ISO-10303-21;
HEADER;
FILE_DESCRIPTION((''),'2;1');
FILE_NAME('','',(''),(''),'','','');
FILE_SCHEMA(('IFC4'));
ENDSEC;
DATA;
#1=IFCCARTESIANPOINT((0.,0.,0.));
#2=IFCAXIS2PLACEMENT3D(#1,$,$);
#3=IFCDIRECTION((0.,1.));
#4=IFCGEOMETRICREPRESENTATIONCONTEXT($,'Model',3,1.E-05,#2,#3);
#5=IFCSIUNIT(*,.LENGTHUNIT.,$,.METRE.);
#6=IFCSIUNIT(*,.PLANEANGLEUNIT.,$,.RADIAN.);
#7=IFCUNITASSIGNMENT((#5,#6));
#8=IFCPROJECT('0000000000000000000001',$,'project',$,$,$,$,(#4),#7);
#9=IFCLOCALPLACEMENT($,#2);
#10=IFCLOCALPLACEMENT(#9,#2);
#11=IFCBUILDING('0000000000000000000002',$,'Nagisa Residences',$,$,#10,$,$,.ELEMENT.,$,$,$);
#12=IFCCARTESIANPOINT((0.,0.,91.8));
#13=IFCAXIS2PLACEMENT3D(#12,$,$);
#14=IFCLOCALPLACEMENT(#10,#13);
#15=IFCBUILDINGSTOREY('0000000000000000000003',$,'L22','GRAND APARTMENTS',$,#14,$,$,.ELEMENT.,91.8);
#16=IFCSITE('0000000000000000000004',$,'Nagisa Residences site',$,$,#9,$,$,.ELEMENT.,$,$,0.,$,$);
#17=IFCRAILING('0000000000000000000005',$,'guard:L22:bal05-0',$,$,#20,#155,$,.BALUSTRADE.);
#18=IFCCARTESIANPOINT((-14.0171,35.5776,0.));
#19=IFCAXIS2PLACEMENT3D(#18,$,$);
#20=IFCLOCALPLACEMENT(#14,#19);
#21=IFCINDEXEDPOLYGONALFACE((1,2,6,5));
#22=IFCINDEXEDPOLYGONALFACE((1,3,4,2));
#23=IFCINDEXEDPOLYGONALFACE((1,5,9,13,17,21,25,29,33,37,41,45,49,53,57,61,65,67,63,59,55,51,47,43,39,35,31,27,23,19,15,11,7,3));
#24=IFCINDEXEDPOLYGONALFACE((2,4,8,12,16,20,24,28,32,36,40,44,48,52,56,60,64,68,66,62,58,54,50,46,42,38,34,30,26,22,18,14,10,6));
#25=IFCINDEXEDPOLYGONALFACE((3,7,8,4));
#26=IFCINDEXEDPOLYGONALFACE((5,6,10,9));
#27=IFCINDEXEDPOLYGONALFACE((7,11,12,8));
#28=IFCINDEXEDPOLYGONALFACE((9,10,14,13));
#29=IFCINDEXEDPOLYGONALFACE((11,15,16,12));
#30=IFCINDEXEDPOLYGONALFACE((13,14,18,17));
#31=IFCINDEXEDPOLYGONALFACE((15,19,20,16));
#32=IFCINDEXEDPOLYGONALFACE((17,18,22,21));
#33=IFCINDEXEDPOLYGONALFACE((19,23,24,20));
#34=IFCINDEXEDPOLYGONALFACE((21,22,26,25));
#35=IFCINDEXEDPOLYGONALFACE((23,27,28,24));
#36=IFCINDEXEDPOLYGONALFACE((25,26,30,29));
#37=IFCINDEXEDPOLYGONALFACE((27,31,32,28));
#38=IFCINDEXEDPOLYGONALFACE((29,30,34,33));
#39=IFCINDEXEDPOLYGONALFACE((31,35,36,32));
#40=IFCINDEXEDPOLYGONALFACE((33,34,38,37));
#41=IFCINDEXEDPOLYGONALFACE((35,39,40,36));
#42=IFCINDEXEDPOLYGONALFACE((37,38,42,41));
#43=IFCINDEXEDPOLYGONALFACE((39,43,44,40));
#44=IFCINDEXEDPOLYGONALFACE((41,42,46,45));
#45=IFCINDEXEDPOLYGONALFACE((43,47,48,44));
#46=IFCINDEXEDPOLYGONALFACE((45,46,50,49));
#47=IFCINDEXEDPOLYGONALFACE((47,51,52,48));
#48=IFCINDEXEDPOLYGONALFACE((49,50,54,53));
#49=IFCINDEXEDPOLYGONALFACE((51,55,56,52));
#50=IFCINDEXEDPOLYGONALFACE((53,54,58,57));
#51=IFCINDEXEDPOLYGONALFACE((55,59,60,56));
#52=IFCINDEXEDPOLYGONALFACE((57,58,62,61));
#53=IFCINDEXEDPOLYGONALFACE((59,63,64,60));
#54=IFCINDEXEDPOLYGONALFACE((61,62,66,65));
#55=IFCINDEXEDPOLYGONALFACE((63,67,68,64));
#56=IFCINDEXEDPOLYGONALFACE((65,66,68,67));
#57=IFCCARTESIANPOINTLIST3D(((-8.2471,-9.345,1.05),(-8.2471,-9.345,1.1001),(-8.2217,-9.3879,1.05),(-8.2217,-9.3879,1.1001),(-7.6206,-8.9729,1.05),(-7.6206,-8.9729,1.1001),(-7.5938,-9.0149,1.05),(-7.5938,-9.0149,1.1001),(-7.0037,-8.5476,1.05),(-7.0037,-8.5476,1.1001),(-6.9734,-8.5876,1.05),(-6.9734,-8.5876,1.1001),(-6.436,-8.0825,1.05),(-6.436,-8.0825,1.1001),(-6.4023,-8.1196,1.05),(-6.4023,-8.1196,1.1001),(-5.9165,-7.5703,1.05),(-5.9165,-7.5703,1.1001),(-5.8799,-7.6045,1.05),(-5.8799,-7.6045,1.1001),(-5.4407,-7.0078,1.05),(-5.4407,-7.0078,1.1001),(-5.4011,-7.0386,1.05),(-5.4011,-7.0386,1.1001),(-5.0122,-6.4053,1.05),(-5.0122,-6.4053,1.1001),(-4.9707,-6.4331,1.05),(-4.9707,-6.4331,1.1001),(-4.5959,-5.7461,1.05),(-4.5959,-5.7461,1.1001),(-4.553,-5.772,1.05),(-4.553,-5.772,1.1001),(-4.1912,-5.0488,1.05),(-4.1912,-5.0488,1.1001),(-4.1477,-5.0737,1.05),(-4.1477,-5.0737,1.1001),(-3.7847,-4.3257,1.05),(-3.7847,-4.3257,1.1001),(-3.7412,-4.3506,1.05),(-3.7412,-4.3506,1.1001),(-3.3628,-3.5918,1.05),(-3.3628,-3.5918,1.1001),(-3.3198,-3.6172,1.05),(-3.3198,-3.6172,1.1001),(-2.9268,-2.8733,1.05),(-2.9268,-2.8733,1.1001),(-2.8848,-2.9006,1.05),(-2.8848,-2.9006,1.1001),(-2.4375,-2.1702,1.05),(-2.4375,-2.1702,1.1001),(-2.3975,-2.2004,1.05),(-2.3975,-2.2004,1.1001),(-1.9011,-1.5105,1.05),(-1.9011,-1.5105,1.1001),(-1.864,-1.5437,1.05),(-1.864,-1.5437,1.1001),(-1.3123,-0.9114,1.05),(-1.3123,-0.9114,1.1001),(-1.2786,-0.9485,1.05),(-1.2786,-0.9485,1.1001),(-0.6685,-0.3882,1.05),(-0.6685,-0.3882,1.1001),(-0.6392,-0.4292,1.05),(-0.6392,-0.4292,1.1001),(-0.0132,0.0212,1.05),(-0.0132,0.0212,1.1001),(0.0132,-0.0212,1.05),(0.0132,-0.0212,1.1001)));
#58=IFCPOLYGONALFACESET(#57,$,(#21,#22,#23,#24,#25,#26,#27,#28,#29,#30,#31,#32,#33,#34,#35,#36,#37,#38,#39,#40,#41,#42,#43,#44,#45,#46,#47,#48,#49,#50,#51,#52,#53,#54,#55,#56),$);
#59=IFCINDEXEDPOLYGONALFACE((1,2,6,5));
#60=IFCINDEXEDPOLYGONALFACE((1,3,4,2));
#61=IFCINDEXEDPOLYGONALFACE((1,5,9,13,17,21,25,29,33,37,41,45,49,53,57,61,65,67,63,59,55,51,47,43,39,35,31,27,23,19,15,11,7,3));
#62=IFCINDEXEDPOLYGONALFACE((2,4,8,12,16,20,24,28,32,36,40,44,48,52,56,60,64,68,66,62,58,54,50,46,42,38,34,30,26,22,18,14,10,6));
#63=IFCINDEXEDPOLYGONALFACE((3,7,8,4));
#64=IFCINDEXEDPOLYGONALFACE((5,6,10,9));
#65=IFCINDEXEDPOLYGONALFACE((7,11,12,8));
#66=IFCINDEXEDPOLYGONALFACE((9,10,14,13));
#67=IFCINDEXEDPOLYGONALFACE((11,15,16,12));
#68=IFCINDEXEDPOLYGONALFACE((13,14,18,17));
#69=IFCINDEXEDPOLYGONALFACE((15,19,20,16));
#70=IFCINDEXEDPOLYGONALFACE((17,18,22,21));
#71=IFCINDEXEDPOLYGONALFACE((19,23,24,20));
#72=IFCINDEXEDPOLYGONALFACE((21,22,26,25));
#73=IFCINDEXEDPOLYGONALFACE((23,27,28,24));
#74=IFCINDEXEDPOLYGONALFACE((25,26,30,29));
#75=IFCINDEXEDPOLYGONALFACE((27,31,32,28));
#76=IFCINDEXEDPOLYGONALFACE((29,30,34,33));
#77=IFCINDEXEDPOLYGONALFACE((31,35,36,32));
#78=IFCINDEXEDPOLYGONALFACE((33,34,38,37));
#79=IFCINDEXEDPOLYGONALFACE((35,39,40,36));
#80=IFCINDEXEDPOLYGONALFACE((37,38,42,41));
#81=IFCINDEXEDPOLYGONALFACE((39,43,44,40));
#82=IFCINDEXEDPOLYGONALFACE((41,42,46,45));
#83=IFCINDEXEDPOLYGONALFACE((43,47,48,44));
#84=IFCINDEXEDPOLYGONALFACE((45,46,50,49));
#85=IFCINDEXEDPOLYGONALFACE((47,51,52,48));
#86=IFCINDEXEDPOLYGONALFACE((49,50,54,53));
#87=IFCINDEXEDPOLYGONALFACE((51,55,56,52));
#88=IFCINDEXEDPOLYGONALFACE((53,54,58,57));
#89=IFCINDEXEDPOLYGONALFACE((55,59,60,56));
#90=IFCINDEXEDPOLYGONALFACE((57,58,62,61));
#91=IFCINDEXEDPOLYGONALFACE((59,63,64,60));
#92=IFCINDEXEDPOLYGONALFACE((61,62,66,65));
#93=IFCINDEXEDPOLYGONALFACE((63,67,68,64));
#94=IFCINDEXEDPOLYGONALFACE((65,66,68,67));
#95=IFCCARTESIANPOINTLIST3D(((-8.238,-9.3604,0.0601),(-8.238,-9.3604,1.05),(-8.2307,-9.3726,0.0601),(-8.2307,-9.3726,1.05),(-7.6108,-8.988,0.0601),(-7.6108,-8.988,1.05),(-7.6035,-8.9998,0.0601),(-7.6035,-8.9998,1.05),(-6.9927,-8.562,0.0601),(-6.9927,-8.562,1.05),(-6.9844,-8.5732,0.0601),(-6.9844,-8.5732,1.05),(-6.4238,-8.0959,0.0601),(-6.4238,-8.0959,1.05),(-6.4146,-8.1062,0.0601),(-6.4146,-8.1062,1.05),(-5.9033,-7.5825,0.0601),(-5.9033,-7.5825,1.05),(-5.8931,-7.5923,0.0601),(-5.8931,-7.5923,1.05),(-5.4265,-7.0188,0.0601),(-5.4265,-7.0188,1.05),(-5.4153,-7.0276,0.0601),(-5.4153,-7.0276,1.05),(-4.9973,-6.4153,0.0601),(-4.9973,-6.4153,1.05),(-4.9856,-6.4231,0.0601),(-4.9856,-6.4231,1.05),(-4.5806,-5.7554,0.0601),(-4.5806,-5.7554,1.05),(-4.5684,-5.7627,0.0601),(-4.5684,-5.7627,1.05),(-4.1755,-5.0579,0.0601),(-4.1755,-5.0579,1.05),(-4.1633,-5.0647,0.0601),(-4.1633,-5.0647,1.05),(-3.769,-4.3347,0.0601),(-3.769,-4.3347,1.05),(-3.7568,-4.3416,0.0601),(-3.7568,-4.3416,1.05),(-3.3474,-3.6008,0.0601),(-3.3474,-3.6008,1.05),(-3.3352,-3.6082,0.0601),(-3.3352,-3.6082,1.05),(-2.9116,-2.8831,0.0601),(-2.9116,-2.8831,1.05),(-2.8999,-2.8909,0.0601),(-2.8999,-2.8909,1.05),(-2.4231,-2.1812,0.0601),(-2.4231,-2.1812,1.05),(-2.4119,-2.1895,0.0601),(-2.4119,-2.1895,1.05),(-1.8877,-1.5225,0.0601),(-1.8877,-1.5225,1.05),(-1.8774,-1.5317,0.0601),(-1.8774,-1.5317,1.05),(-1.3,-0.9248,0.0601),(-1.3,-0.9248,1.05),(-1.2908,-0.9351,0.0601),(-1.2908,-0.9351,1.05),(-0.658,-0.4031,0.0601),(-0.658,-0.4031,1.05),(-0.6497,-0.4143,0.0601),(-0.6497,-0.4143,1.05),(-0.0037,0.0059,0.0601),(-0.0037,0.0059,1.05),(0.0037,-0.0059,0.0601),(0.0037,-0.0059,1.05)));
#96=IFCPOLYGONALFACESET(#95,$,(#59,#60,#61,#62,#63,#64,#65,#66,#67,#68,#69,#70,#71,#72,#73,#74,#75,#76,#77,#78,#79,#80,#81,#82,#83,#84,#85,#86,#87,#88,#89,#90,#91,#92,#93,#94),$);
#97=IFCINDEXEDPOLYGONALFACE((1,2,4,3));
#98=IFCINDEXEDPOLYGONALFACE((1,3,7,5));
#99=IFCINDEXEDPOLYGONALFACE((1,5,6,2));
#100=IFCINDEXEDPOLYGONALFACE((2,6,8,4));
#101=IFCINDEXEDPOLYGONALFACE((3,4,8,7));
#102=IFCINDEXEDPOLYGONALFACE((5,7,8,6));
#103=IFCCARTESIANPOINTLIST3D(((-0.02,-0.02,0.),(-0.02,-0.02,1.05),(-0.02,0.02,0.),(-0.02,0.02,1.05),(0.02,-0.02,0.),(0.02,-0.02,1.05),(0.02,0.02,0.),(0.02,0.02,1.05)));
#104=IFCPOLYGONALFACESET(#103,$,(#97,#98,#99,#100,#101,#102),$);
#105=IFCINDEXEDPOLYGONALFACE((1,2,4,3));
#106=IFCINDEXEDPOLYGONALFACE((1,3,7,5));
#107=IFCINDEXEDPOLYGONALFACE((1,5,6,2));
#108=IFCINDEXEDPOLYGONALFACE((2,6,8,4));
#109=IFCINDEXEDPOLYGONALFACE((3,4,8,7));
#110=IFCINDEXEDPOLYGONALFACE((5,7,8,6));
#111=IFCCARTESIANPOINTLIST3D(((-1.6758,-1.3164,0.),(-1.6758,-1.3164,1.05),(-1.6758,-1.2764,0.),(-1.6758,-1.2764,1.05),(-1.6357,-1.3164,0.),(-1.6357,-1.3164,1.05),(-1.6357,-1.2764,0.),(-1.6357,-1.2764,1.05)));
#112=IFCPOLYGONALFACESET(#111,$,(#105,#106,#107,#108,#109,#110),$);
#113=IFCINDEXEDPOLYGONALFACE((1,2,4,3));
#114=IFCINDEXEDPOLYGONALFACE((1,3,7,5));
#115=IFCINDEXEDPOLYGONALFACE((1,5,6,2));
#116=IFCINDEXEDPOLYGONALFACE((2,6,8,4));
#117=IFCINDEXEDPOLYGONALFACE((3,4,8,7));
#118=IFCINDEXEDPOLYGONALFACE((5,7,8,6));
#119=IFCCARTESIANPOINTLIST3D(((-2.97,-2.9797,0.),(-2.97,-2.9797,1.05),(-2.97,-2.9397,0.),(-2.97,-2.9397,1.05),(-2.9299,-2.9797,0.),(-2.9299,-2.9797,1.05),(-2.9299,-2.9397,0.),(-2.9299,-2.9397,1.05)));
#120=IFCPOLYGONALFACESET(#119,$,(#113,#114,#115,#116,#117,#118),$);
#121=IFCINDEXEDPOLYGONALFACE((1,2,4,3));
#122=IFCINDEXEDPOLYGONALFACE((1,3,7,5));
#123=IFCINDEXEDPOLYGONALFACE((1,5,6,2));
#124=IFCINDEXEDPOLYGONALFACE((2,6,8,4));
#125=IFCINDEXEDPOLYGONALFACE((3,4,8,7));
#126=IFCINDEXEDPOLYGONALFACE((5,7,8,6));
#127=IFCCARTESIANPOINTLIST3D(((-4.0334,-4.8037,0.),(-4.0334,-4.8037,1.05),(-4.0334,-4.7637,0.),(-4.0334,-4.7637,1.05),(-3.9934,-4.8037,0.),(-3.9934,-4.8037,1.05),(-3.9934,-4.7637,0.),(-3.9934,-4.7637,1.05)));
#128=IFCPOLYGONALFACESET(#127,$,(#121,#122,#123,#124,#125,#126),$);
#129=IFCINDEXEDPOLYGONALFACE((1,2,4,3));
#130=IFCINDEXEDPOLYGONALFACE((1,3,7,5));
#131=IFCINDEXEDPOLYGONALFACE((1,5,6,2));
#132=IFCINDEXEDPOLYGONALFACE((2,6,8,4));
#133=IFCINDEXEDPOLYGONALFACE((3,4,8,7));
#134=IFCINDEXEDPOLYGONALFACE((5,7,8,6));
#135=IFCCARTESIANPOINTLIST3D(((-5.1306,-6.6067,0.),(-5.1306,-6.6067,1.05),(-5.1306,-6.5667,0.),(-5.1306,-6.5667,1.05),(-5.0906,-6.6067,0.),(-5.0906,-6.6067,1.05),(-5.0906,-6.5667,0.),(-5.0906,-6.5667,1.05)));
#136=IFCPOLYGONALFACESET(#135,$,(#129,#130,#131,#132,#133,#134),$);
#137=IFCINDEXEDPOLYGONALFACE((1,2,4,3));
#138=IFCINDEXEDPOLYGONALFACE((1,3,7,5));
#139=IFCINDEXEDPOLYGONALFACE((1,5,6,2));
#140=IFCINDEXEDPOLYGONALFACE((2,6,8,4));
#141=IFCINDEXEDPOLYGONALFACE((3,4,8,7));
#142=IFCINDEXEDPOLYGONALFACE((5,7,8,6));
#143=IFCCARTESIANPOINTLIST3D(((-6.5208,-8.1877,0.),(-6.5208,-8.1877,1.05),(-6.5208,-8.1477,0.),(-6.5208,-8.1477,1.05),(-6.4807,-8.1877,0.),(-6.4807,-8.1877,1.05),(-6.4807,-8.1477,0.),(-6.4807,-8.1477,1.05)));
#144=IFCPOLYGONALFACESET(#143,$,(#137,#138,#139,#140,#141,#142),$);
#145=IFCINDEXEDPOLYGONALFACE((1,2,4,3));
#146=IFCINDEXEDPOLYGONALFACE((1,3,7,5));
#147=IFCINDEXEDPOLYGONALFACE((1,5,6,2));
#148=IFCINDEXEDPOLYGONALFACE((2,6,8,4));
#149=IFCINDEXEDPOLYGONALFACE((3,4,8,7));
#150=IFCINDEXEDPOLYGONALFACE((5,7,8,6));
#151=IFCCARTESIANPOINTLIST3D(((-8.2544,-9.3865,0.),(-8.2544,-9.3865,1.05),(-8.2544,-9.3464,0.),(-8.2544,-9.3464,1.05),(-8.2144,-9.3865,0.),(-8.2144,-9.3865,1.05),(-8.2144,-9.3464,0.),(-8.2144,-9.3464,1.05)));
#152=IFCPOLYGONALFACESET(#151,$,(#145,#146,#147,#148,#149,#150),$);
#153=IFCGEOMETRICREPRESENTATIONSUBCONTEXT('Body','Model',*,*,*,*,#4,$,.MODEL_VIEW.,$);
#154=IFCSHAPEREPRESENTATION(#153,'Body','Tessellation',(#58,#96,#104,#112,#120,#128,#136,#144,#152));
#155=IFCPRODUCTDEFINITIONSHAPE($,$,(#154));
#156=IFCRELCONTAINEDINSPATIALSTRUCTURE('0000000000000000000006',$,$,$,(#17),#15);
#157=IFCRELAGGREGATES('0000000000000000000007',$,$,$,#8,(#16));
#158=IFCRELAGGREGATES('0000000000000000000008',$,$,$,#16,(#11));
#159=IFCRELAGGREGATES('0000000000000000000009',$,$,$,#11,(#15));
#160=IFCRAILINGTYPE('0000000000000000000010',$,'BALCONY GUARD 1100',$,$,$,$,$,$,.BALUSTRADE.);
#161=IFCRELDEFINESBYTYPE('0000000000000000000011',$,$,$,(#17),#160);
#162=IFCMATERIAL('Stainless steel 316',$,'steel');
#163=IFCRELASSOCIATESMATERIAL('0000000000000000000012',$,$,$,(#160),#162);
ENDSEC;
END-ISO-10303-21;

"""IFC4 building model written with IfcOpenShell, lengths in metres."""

from ifc_helpers import new_model, si_unit, direction, frame, origin, origin_2d, place, context, subcontext, project, spatial, polyline, rectangle, outline, extrude, material, type_object, element, save


model = new_model("IFC4")

# Units and contexts
model_context = context("Model", 3, precision=1e-05, world=origin(), true_north=direction((0.0, 1.0)))
body_context = subcontext(model_context, "Body", "Model", "MODEL_VIEW")
ifc_project = project(units=[si_unit("LENGTHUNIT", "METRE"), si_unit("PLANEANGLEUNIT", "RADIAN")], contexts=[model_context])

# Site, building, storey
site_placement = place(None, origin())
site = spatial("IfcSite", under=ifc_project, at=site_placement, Name="Nagisa Residences site", CompositionType="ELEMENT", RefElevation=0.0)
building_placement = place(site_placement, origin())
building = spatial("IfcBuilding", under=site, at=building_placement, Name="Nagisa Residences", CompositionType="ELEMENT")
storey_placement = place(building_placement, frame((0.0, 0.0, 91.8)))
storey = spatial("IfcBuildingStorey", under=building, at=storey_placement, Name="L22", Description="GRAND APARTMENTS", CompositionType="ELEMENT", Elevation=91.8)

# Railing
ifc_material_1 = material(Name="Stainless steel 316", Category="steel")
railing_type = type_object("IfcRailingType", Name="BALCONY GUARD 1100", PredefinedType="BALUSTRADE", material=ifc_material_1)
railing_1_placement = place(storey_placement, frame((-14.0171, 35.5776, 0.0)))
element("IfcRailing", 1, at=railing_1_placement, inside=storey, type_object=railing_type, Name="guard:L22:bal05-0", PredefinedType="BALUSTRADE", context=body_context, shape_type="SweptSolid", body=[
    extrude(outline(polyline([(-0.6392, -0.4292), (0.0132, -0.0212), (-0.0132, 0.0212), (-0.6685, -0.3882), (-1.3123, -0.9114), (-1.9011, -1.5105), (-2.4375, -2.1702), (-2.9268, -2.8733), (-3.3628, -3.5918), (-3.7847, -4.3257), (-4.1912, -5.0488), (-4.5959, -5.7461), (-5.0122, -6.4053), (-5.4407, -7.0078), (-5.9165, -7.5703), (-6.436, -8.0825), (-7.0037, -8.5476), (-7.6206, -8.9729), (-8.2471, -9.345), (-8.2217, -9.3879), (-7.5938, -9.0149), (-6.9734, -8.5876), (-6.4023, -8.1196), (-5.8799, -7.6045), (-5.4011, -7.0386), (-4.9707, -6.4331), (-4.553, -5.772), (-4.1477, -5.0737), (-3.7412, -4.3506), (-3.3198, -3.6172), (-2.8848, -2.9006), (-2.3975, -2.2004), (-1.864, -1.5437), (-1.2786, -0.9485), (-0.6392, -0.4292)])), frame((0.0, 0.0, 1.05)), (0.0, 0.0, 1.0), 0.05),
    extrude(outline(polyline([(-0.6497, -0.4143), (0.0037, -0.0059), (-0.0037, 0.0059), (-0.658, -0.4031), (-1.3, -0.9248), (-1.8877, -1.5225), (-2.4231, -2.1812), (-2.9116, -2.8831), (-3.3474, -3.6008), (-3.769, -4.3347), (-4.1755, -5.0579), (-4.5806, -5.7554), (-4.9973, -6.4153), (-5.4265, -7.0188), (-5.9033, -7.5825), (-6.4238, -8.0959), (-6.9927, -8.562), (-7.6108, -8.988), (-8.238, -9.3604), (-8.2307, -9.3726), (-7.6035, -8.9998), (-6.9844, -8.5732), (-6.4146, -8.1062), (-5.8931, -7.5923), (-5.4153, -7.0276), (-4.9856, -6.4231), (-4.5684, -5.7627), (-4.1633, -5.0647), (-3.7568, -4.3416), (-3.3352, -3.6082), (-2.8999, -2.8909), (-2.4119, -2.1895), (-1.8774, -1.5317), (-1.2908, -0.9351), (-0.6497, -0.4143)])), frame((0.0, 0.0, 0.0601)), (0.0, 0.0, 1.0), 0.99),
    extrude(rectangle(XDim=0.04, YDim=0.04, at=origin_2d()), origin(), (0.0, 0.0, 1.0), 1.05),
    extrude(rectangle(XDim=0.04, YDim=0.04, at=origin_2d()), frame((-1.6558, -1.2964, 0.0)), (0.0, 0.0, 1.0), 1.05),
    extrude(rectangle(XDim=0.04, YDim=0.04, at=origin_2d()), frame((-2.95, -2.9597, 0.0)), (0.0, 0.0, 1.0), 1.05),
    extrude(rectangle(XDim=0.04, YDim=0.04, at=origin_2d()), frame((-4.0134, -4.7837, 0.0)), (0.0, 0.0, 1.0), 1.05),
    extrude(rectangle(XDim=0.04, YDim=0.04, at=origin_2d()), frame((-5.1106, -6.5867, 0.0)), (0.0, 0.0, 1.0), 1.05),
    extrude(rectangle(XDim=0.04, YDim=0.04, at=origin_2d()), frame((-6.5007, -8.1677, 0.0)), (0.0, 0.0, 1.0), 1.05),
    extrude(rectangle(XDim=0.04, YDim=0.04, at=origin_2d()), frame((-8.2344, -9.3665, 0.0)), (0.0, 0.0, 1.0), 1.05),
])

save(model, "model.ifc")
